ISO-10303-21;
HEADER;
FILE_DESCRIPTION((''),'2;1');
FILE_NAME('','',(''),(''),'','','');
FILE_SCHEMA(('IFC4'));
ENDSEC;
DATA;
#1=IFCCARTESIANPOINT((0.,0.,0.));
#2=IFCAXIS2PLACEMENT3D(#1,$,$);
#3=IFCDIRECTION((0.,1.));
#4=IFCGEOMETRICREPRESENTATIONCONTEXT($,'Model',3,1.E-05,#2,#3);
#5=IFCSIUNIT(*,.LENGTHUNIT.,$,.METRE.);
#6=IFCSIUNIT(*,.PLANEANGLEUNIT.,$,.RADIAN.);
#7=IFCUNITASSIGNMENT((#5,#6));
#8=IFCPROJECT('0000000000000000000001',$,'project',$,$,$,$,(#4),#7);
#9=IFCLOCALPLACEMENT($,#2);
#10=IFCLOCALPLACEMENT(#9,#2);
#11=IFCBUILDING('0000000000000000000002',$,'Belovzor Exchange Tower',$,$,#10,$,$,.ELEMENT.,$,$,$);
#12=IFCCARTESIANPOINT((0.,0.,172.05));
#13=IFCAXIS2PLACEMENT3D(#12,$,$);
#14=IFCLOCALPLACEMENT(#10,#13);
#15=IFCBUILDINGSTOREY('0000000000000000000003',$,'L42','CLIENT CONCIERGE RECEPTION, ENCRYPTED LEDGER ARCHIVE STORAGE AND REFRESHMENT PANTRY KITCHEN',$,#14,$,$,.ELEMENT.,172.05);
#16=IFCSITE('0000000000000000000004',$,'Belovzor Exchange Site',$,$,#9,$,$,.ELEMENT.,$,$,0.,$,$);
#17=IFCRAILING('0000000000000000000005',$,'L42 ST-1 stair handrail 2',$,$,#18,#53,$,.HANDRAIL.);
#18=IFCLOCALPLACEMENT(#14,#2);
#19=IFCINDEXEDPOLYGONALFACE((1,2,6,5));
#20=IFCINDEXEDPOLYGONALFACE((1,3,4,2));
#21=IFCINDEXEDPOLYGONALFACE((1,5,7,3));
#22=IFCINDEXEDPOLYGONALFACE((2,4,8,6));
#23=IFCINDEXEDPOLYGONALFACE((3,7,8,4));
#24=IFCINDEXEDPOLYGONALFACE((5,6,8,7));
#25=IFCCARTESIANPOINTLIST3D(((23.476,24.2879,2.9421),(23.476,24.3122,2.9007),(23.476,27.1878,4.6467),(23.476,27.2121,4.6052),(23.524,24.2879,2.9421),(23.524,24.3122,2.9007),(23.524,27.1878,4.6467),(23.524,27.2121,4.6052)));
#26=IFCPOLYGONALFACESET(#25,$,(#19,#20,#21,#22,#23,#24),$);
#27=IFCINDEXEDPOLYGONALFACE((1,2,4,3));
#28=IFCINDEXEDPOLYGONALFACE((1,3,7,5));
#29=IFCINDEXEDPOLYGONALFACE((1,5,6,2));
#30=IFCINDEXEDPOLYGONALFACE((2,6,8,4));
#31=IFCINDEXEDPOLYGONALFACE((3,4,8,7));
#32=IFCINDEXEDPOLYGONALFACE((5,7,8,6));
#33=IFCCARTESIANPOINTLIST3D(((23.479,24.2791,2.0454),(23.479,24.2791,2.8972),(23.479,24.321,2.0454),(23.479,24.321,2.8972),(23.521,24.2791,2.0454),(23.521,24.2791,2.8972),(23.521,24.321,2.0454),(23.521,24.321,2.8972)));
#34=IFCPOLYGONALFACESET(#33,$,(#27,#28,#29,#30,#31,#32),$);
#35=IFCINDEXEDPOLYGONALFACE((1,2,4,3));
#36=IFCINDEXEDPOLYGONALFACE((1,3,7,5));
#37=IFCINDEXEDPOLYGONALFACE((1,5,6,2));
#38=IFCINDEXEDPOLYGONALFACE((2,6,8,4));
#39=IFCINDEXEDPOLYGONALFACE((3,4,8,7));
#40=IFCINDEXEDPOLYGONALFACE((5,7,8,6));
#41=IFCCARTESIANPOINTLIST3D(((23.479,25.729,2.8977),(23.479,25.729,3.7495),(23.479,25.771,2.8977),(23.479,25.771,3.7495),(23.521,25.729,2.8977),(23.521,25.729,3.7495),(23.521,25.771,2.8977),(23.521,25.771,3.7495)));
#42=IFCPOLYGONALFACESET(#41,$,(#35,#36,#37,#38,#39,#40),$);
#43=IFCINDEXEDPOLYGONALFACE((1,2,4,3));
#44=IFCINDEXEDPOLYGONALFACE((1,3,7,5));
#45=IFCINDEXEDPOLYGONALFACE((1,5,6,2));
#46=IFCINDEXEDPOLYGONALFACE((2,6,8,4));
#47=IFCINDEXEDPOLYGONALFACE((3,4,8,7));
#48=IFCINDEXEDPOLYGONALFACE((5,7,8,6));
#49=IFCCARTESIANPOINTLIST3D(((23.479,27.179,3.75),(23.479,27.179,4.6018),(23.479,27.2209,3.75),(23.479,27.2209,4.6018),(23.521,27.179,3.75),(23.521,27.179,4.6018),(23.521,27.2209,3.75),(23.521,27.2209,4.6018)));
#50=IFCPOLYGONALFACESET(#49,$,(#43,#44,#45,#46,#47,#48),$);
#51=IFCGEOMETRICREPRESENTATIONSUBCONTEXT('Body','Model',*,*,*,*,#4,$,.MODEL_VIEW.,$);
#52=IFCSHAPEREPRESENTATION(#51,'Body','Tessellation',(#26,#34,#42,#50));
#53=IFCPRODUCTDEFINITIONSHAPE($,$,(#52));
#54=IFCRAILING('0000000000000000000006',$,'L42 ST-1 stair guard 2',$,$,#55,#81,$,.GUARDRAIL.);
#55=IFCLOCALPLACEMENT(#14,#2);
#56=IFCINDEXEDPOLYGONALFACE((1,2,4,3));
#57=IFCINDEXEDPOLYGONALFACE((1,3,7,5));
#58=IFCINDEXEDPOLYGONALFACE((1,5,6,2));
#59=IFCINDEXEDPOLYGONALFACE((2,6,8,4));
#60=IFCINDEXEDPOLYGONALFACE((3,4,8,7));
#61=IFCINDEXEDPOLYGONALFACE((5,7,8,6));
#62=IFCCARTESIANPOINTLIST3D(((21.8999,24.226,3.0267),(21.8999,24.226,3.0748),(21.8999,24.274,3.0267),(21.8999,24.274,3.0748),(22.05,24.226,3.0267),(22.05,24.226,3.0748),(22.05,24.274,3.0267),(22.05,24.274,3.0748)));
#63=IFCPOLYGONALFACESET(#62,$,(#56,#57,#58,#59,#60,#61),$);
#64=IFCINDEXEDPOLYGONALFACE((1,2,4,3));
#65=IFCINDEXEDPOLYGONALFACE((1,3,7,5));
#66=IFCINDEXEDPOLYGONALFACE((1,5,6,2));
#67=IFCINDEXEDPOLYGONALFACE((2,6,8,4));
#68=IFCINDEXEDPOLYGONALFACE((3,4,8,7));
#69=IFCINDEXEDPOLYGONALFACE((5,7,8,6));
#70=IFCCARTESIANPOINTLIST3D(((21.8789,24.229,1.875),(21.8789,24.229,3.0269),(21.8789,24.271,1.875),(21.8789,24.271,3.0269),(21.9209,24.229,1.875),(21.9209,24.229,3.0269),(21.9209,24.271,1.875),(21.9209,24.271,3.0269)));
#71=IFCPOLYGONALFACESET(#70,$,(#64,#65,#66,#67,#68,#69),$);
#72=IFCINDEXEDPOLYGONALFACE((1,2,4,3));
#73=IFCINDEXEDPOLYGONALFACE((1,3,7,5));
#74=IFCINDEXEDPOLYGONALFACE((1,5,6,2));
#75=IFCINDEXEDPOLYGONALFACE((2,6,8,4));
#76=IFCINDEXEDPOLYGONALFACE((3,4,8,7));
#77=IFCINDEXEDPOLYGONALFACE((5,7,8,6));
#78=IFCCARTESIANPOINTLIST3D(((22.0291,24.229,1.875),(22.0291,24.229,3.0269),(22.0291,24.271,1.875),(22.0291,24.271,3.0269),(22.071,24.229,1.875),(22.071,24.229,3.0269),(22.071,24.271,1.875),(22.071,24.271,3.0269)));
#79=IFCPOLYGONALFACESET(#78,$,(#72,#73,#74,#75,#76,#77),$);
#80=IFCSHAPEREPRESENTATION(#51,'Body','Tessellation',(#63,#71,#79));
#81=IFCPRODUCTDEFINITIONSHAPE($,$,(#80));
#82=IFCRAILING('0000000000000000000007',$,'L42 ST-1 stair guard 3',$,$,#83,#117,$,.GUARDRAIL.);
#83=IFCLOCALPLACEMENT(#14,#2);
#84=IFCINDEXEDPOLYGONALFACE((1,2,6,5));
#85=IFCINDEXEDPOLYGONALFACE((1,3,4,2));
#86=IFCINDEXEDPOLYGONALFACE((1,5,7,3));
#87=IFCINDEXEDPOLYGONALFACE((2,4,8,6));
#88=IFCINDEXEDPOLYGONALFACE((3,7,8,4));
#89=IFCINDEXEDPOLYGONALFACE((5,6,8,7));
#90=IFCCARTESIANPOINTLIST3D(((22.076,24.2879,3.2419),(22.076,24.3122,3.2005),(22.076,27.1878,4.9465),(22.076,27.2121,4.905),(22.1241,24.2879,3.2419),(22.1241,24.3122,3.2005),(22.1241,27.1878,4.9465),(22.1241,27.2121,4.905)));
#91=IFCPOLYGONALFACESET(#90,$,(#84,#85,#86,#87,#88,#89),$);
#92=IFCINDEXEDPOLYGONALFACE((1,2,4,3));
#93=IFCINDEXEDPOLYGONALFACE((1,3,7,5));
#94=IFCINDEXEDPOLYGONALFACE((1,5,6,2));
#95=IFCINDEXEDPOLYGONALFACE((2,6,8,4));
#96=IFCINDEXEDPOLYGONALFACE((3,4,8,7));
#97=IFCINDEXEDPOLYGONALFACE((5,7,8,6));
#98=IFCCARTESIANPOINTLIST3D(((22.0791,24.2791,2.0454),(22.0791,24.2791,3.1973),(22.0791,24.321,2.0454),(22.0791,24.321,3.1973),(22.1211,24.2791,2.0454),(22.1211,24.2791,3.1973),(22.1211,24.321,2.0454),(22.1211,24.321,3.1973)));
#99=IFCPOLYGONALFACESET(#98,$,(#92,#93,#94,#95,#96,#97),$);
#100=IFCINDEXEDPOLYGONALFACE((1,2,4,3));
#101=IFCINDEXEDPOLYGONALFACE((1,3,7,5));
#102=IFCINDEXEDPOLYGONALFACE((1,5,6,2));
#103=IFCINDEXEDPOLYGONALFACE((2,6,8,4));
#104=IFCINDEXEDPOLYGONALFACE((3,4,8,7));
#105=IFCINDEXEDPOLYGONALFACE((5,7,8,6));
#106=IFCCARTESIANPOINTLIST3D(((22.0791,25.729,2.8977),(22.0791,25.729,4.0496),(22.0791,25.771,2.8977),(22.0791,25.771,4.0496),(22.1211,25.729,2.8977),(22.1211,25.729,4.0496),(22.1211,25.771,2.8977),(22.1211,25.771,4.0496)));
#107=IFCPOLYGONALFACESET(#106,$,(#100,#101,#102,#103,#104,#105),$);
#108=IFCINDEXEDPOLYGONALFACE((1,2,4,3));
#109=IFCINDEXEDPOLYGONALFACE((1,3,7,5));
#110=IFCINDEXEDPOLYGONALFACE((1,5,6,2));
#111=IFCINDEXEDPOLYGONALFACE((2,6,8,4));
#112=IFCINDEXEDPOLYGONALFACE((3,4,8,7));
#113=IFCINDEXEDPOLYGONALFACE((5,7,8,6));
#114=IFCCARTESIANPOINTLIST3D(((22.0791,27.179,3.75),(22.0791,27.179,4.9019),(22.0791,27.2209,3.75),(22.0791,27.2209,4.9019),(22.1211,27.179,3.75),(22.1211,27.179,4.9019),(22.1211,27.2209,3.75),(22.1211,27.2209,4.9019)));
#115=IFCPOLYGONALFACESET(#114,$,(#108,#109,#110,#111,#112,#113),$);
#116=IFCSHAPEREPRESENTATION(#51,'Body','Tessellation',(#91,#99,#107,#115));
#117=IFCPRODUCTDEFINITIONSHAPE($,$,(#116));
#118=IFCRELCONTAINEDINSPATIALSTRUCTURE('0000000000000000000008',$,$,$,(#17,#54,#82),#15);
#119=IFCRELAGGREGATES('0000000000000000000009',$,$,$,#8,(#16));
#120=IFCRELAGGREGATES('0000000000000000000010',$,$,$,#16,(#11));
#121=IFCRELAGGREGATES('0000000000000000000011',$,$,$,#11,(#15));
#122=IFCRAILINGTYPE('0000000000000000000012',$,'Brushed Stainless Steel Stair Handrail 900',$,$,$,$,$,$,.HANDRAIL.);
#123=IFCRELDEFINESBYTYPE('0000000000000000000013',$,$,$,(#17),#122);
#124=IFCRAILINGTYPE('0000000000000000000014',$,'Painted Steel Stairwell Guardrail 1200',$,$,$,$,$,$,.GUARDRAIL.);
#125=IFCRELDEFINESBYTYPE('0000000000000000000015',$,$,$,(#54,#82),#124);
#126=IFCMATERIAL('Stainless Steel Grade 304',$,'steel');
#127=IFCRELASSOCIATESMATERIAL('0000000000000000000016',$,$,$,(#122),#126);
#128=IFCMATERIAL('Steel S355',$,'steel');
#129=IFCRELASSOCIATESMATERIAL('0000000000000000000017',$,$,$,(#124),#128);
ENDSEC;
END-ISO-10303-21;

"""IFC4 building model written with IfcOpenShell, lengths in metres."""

from ifc_helpers import new_model, si_unit, direction, frame, origin, origin_2d, place, context, subcontext, project, spatial, rectangle, extrude, material, type_object, element, save


model = new_model("IFC4")

# Units and contexts
model_context = context("Model", 3, precision=1e-05, world=origin(), true_north=direction((0.0, 1.0)))
body_context = subcontext(model_context, "Body", "Model", "MODEL_VIEW")
ifc_project = project(units=[si_unit("LENGTHUNIT", "METRE"), si_unit("PLANEANGLEUNIT", "RADIAN")], contexts=[model_context])

# Site, building, storey
site_placement = place(None, origin())
site = spatial("IfcSite", under=ifc_project, at=site_placement, Name="Belovzor Exchange Site", CompositionType="ELEMENT", RefElevation=0.0)
building_placement = place(site_placement, origin())
building = spatial("IfcBuilding", under=site, at=building_placement, Name="Belovzor Exchange Tower", CompositionType="ELEMENT")
storey_placement = place(building_placement, frame((0.0, 0.0, 172.05)))
storey = spatial("IfcBuildingStorey", under=building, at=storey_placement, Name="L42", Description="CLIENT CONCIERGE RECEPTION, ENCRYPTED LEDGER ARCHIVE STORAGE AND REFRESHMENT PANTRY KITCHEN", CompositionType="ELEMENT", Elevation=172.05)

# Railings
ifc_material_1 = material(Name="Stainless Steel Grade 304", Category="steel")
railing_type_1 = type_object("IfcRailingType", Name="Brushed Stainless Steel Stair Handrail 900", PredefinedType="HANDRAIL", material=ifc_material_1)
railing_1_placement = place(storey_placement, frame((23.5, 24.3, 2.0454)))
element("IfcRailing", 1, at=railing_1_placement, inside=storey, type_object=railing_type_1, Name="L42 ST-1 stair handrail 2", PredefinedType="HANDRAIL", context=body_context, shape_type="SweptSolid", body=[
    extrude(rectangle(XDim=0.0481, YDim=0.0481, at=origin_2d()), frame((0.0, 0.0, 0.876), z_axis=(0.0, 0.862095, 0.506747), x_axis=(-1.0, 0.0, 0.0)), (0.0, 0.0, 1.0), 3.3638),
    extrude(rectangle(XDim=0.042, YDim=0.042, at=origin_2d()), origin(), (0.0, 0.0, 1.0), 0.8518),
    extrude(rectangle(XDim=0.042, YDim=0.042, at=origin_2d()), frame((0.0, 1.45, 0.8523)), (0.0, 0.0, 1.0), 0.8518),
    extrude(rectangle(XDim=0.042, YDim=0.042, at=origin_2d()), frame((0.0, 2.8999, 1.7046)), (0.0, 0.0, 1.0), 0.8518),
])
ifc_material_2 = material(Name="Steel S355", Category="steel")
railing_type_2 = type_object("IfcRailingType", Name="Painted Steel Stairwell Guardrail 1200", PredefinedType="GUARDRAIL", material=ifc_material_2)
railing_2_placement = place(storey_placement, frame((21.8999, 24.25, 1.875)))
element("IfcRailing", 2, at=railing_2_placement, inside=storey, type_object=railing_type_2, Name="L42 ST-1 stair guard 2", PredefinedType="GUARDRAIL", context=body_context, shape_type="SweptSolid", body=[
    extrude(rectangle(XDim=0.0481, YDim=0.0481, at=origin_2d()), frame((0.0, 0.0, 1.1758), z_axis=(1.0, 0.0, 0.0), x_axis=(0.0, 1.0, 0.0)), (0.0, 0.0, 1.0), 0.1501),
    extrude(rectangle(XDim=0.042, YDim=0.042, at=origin_2d()), origin(), (0.0, 0.0, 1.0), 1.1519),
    extrude(rectangle(XDim=0.042, YDim=0.042, at=origin_2d()), frame((0.1501, 0.0, 0.0)), (0.0, 0.0, 1.0), 1.1519),
])
railing_3_placement = place(storey_placement, frame((22.1001, 24.3, 2.0454)))
element("IfcRailing", 3, at=railing_3_placement, inside=storey, type_object=railing_type_2, Name="L42 ST-1 stair guard 3", PredefinedType="GUARDRAIL", context=body_context, shape_type="SweptSolid", body=[
    extrude(rectangle(XDim=0.0481, YDim=0.0481, at=origin_2d()), frame((0.0, 0.0, 1.1758), z_axis=(0.0, 0.862095, 0.506747), x_axis=(-1.0, 0.0, 0.0)), (0.0, 0.0, 1.0), 3.3638),
    extrude(rectangle(XDim=0.042, YDim=0.042, at=origin_2d()), origin(), (0.0, 0.0, 1.0), 1.1519),
    extrude(rectangle(XDim=0.042, YDim=0.042, at=origin_2d()), frame((0.0, 1.45, 0.8523)), (0.0, 0.0, 1.0), 1.1519),
    extrude(rectangle(XDim=0.042, YDim=0.042, at=origin_2d()), frame((0.0, 2.8999, 1.7046)), (0.0, 0.0, 1.0), 1.1519),
])

save(model, "model.ifc")
